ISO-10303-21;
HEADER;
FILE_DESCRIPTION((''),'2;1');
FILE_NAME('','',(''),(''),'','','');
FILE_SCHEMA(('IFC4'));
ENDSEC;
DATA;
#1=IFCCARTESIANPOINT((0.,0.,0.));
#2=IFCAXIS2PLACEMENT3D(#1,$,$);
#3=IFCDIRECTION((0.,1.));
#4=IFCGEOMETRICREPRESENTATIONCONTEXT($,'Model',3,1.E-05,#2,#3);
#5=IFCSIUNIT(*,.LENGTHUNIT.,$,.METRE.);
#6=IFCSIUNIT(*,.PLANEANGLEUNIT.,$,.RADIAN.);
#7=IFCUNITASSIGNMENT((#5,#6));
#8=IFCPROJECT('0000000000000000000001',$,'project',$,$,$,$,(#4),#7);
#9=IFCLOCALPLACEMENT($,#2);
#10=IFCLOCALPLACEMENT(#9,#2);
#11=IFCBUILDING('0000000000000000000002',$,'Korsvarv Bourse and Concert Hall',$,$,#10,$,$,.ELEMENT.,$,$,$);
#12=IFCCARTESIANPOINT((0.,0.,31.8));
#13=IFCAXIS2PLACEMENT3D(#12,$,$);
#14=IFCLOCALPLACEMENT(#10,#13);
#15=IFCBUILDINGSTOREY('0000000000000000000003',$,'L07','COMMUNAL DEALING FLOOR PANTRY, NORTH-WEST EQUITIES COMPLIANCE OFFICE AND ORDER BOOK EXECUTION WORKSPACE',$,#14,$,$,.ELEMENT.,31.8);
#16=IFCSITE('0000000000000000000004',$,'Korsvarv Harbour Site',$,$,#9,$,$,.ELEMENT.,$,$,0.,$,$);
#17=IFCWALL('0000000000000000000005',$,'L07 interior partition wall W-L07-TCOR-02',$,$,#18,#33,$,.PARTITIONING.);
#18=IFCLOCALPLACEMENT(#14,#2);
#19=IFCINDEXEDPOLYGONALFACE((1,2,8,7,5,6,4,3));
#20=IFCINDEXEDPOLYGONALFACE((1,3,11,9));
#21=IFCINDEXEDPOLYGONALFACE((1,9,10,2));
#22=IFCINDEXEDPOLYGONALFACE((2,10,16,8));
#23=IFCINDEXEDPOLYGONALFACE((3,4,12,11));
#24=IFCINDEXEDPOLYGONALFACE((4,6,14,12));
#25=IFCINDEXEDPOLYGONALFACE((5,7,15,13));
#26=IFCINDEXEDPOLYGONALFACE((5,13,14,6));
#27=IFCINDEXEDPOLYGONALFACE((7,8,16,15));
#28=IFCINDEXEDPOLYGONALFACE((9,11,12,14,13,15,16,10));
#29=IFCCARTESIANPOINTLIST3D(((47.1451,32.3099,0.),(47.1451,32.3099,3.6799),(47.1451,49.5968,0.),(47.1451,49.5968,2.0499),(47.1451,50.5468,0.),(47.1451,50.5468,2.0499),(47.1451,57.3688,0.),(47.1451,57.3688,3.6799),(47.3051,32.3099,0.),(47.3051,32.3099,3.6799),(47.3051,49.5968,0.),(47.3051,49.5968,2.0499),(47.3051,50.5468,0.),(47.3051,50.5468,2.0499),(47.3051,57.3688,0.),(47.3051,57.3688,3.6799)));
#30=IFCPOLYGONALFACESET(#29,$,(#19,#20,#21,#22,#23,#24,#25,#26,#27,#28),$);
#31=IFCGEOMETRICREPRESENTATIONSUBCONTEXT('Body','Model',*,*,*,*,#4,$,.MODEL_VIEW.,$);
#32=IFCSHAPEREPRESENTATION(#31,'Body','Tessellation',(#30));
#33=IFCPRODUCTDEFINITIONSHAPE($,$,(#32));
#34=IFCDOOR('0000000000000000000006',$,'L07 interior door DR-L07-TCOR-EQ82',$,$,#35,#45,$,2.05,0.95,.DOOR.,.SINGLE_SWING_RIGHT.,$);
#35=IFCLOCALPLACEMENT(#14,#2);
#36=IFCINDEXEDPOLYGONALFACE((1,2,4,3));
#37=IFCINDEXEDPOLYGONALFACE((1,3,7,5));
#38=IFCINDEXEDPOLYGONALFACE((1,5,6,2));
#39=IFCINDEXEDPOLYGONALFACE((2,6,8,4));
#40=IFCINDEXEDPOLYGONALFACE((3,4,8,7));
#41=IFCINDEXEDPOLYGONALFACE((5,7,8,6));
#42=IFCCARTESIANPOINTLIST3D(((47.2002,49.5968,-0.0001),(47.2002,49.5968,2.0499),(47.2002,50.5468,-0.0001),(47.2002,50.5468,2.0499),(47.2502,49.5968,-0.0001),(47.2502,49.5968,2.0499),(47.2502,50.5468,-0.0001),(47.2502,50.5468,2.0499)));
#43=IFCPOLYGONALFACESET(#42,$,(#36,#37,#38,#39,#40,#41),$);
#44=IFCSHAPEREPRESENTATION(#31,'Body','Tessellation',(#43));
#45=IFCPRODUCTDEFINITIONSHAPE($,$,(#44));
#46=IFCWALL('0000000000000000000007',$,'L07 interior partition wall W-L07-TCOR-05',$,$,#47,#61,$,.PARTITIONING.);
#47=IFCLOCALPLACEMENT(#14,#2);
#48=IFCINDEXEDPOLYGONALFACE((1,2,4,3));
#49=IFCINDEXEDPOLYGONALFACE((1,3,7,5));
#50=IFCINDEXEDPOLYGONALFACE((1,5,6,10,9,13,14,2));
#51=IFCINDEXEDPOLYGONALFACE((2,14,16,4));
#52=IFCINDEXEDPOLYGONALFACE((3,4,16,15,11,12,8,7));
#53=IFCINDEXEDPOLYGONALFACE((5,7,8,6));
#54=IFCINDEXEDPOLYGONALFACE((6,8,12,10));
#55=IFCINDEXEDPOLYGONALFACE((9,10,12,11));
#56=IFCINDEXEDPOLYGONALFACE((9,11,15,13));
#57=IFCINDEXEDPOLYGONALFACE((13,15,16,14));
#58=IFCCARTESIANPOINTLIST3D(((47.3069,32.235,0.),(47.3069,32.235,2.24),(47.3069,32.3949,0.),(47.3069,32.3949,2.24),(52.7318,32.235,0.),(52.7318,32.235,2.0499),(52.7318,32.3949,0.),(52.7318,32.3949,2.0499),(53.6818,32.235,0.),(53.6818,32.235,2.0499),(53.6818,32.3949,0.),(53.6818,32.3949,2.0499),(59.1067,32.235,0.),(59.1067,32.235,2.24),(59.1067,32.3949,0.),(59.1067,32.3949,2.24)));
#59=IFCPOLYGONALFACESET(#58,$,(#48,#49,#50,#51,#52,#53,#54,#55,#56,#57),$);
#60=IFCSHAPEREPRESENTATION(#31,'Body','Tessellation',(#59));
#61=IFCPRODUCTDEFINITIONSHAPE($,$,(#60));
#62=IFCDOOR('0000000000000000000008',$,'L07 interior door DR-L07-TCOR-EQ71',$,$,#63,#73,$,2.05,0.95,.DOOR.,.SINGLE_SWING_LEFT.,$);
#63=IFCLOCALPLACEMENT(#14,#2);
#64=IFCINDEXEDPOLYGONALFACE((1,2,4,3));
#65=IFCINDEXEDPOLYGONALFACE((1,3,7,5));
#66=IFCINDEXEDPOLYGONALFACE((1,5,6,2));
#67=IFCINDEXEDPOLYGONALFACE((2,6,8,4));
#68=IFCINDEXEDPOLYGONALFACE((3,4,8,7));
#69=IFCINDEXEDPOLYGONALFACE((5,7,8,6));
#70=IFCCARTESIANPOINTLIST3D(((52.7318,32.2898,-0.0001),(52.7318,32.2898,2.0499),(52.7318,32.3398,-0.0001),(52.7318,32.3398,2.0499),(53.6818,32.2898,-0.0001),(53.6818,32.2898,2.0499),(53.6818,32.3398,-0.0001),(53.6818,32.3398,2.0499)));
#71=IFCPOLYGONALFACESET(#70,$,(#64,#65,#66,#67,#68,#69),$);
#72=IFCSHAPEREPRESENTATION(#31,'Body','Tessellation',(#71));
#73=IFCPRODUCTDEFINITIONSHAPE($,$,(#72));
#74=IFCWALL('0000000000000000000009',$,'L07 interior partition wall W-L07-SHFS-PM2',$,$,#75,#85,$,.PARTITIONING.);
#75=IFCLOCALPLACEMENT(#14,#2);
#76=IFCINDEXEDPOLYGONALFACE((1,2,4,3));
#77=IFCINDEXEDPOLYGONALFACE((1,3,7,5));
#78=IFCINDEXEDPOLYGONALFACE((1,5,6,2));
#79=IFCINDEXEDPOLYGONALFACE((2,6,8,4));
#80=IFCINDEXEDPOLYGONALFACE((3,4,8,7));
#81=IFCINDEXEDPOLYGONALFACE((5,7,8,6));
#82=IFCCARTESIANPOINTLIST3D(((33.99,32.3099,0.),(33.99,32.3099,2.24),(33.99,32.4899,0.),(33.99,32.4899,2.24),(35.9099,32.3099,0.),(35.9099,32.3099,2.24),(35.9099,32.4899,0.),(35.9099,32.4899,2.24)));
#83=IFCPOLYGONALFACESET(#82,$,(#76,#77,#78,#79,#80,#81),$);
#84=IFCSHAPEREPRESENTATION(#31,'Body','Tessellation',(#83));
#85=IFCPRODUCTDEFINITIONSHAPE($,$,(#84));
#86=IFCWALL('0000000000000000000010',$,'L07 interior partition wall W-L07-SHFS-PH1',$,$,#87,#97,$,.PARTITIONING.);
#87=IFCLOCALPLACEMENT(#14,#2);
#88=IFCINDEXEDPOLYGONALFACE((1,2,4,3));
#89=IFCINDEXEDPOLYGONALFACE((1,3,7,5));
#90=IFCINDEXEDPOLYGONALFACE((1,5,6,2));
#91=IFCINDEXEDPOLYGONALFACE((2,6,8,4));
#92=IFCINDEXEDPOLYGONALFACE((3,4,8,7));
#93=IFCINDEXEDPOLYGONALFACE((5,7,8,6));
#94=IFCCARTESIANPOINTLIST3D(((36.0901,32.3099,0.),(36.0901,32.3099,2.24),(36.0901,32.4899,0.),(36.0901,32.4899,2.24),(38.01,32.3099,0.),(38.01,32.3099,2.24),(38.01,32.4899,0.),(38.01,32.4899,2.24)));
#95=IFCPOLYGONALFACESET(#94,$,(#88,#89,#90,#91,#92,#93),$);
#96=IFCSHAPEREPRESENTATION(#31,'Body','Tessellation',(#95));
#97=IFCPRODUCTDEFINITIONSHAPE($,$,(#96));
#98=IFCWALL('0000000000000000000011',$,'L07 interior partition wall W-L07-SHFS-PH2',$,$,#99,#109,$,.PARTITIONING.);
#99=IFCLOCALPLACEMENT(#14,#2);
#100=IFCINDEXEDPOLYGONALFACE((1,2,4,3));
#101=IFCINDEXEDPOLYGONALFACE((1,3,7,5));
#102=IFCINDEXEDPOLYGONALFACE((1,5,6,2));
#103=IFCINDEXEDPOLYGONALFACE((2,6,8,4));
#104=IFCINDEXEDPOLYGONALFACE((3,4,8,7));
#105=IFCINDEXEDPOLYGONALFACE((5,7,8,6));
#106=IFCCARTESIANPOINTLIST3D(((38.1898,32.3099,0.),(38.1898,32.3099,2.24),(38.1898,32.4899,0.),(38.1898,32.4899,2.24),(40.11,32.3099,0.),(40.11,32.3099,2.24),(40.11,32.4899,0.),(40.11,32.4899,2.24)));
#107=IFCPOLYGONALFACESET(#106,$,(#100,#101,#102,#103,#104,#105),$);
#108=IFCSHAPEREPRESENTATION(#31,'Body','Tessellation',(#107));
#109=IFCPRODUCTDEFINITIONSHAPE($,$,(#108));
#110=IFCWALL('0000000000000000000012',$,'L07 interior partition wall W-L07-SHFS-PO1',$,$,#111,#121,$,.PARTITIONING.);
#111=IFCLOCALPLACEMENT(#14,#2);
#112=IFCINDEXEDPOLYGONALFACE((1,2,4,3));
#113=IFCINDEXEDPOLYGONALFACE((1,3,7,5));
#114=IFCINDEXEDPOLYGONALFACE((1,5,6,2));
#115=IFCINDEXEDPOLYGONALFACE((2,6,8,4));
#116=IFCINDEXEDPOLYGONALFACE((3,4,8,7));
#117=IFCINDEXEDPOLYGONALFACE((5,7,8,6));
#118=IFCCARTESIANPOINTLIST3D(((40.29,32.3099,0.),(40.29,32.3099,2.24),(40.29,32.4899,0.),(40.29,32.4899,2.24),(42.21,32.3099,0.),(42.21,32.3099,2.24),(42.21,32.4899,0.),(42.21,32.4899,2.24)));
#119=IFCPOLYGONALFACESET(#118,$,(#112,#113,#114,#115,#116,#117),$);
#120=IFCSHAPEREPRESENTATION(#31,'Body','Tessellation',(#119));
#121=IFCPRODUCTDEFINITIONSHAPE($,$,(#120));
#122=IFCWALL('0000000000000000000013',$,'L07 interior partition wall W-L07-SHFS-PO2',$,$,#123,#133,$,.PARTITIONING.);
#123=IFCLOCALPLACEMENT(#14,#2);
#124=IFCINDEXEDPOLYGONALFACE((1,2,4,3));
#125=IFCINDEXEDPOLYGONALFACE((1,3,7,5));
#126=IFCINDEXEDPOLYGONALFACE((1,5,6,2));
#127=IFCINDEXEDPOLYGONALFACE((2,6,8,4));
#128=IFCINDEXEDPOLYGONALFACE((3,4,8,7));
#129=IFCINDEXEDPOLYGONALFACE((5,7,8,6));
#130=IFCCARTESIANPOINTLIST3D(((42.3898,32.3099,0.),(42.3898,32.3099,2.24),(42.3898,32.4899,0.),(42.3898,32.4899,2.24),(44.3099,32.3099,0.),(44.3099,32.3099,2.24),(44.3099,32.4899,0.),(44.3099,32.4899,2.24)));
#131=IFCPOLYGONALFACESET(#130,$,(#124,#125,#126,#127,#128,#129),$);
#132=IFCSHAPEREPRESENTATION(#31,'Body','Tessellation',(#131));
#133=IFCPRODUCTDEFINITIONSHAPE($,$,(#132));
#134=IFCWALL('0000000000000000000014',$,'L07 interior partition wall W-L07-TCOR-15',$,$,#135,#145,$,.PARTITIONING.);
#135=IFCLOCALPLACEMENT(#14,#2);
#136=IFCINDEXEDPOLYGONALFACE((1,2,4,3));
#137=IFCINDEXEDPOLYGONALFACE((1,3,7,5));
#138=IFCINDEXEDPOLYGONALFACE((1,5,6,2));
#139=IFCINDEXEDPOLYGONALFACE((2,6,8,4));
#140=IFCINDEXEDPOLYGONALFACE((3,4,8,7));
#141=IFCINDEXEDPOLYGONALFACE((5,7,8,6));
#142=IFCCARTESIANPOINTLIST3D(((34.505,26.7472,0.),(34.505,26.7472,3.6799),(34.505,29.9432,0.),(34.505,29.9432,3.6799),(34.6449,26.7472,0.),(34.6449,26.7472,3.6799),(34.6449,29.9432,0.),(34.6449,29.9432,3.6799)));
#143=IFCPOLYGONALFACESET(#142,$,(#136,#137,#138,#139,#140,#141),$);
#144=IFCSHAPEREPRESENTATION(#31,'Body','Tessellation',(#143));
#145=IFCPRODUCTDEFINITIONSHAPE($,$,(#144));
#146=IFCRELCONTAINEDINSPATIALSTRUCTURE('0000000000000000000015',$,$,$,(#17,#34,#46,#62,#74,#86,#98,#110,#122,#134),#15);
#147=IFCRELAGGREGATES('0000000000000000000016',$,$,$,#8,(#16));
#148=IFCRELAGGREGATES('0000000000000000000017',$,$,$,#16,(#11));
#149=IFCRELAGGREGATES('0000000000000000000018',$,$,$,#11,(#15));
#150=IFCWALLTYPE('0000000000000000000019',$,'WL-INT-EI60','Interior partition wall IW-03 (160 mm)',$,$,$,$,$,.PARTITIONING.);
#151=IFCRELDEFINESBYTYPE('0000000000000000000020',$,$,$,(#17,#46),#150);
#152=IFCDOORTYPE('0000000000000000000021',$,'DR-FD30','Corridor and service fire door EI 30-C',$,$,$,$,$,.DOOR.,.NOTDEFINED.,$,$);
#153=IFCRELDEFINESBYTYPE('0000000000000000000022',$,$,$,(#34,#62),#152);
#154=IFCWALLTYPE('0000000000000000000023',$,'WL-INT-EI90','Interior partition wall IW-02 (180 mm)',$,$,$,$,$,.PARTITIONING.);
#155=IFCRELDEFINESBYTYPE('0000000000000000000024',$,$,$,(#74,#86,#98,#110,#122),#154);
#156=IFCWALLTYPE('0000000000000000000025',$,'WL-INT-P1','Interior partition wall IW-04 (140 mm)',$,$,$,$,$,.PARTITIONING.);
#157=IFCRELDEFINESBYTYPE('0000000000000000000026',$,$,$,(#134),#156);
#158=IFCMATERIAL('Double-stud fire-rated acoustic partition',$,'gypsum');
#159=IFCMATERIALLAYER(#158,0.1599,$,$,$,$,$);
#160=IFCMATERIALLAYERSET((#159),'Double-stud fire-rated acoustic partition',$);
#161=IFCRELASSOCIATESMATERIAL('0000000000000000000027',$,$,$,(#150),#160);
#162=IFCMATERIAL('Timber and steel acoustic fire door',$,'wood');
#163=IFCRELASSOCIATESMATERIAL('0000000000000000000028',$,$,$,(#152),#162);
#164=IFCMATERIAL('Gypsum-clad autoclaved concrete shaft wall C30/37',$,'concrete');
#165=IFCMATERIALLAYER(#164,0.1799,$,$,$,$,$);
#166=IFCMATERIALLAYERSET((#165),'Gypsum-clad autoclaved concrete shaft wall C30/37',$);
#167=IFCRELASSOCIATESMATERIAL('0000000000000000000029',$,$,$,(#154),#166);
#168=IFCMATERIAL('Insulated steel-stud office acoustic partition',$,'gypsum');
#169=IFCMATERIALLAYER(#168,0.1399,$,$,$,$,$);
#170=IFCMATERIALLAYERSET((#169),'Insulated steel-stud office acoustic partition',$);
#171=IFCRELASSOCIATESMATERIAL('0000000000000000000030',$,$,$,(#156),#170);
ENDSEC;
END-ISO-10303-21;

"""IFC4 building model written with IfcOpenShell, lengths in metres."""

from ifc_helpers import new_model, si_unit, direction, frame, frame_2d, origin, place, context, subcontext, project, spatial, rectangle, extrude, material, layer, layer_set, type_object, element, fill, save


model = new_model("IFC4")

# Units and contexts
model_context = context("Model", 3, precision=1e-05, world=origin(), true_north=direction((0.0, 1.0)))
body_context = subcontext(model_context, "Body", "Model", "MODEL_VIEW")
ifc_project = project(units=[si_unit("LENGTHUNIT", "METRE"), si_unit("PLANEANGLEUNIT", "RADIAN")], contexts=[model_context])

# Site, building, storey
site_placement = place(None, origin())
site = spatial("IfcSite", under=ifc_project, at=site_placement, Name="Korsvarv Harbour Site", CompositionType="ELEMENT", RefElevation=0.0)
building_placement = place(site_placement, origin())
building = spatial("IfcBuilding", under=site, at=building_placement, Name="Korsvarv Bourse and Concert Hall", CompositionType="ELEMENT")
storey_placement = place(building_placement, frame((0.0, 0.0, 31.8)))
storey = spatial("IfcBuildingStorey", under=building, at=storey_placement, Name="L07", Description="COMMUNAL DEALING FLOOR PANTRY, NORTH-WEST EQUITIES COMPLIANCE OFFICE AND ORDER BOOK EXECUTION WORKSPACE", CompositionType="ELEMENT", Elevation=31.8)

# Walls, openings, doors
ifc_material_1 = material(Name="Double-stud fire-rated acoustic partition", Category="gypsum")
ifc_layer_1 = layer(ifc_material_1, 0.1599)
ifc_layer_set_1 = layer_set([ifc_layer_1], Name="Double-stud fire-rated acoustic partition")
wall_type_1 = type_object("IfcWallType", Name="WL-INT-EI60", Description="Interior partition wall IW-03 (160 mm)", PredefinedType="PARTITIONING", material=ifc_layer_set_1)
wall_1_placement = place(storey_placement, frame((47.2251, 32.3101, 0.0), z_axis=(0.0, 0.0, 1.0), x_axis=(0.0, 1.0, 0.0)))
wall_1 = element("IfcWall", 1, at=wall_1_placement, inside=storey, type_object=wall_type_1, Name="L07 interior partition wall W-L07-TCOR-02", PredefinedType="PARTITIONING", context=body_context, shape_type="SweptSolid", body=[
    extrude(rectangle(XDim=25.0588, YDim=0.1599, at=frame_2d((12.5293, 0.0))), origin(), (0.0, 0.0, 1.0), 3.6799),
])
opening_1_placement = place(wall_1_placement, frame((17.2866, 0.0, 0.0)))
opening_1 = element("IfcOpeningElement", 2, at=opening_1_placement, cuts=wall_1, PredefinedType="OPENING", context=body_context, shape_type="SweptSolid", body=[
    extrude(rectangle(XDim=0.95, YDim=2.05, at=frame_2d((0.4751, 1.0249))), frame((0.0, 0.0898, 0.0), z_axis=(0.0, -1.0, 0.0), x_axis=(1.0, 0.0, 0.0)), (0.0, 0.0, 1.0), 0.1799),
])
ifc_material_2 = material(Name="Timber and steel acoustic fire door", Category="wood")
door_type = type_object("IfcDoorType", Name="DR-FD30", Description="Corridor and service fire door EI 30-C", OperationType="NOTDEFINED", PredefinedType="DOOR", material=ifc_material_2)
door_1_placement = place(opening_1_placement, origin())
door_1 = element("IfcDoor", 3, at=door_1_placement, inside=storey, type_object=door_type, Name="L07 interior door DR-L07-TCOR-EQ82", OperationType="SINGLE_SWING_RIGHT", OverallHeight=2.05, OverallWidth=0.95, PredefinedType="DOOR", context=body_context, shape_type="SweptSolid", body=[
    extrude(rectangle(XDim=0.95, YDim=2.05, at=frame_2d((0.4751, 1.0249))), frame((0.0, 0.0249, 0.0), z_axis=(0.0, -1.0, 0.0), x_axis=(1.0, 0.0, 0.0)), (0.0, 0.0, 1.0), 0.05),
])
fill(opening_1, door_1)
wall_2_placement = place(storey_placement, frame((47.3069, 32.3149, 0.0), z_axis=(0.0, 0.0, 1.0), x_axis=(1.0, 0.0, 0.0)))
wall_2 = element("IfcWall", 4, at=wall_2_placement, inside=storey, type_object=wall_type_1, Name="L07 interior partition wall W-L07-TCOR-05", PredefinedType="PARTITIONING", context=body_context, shape_type="SweptSolid", body=[
    extrude(rectangle(XDim=11.7998, YDim=0.1599, at=frame_2d((5.8999, 0.0))), origin(), (0.0, 0.0, 1.0), 2.24),
])
opening_2_placement = place(wall_2_placement, frame((5.4248, 0.0, 0.0)))
opening_2 = element("IfcOpeningElement", 5, at=opening_2_placement, cuts=wall_2, PredefinedType="OPENING", context=body_context, shape_type="SweptSolid", body=[
    extrude(rectangle(XDim=0.95, YDim=2.05, at=frame_2d((0.4751, 1.0249))), frame((0.0, 0.0898, 0.0), z_axis=(0.0, -1.0, 0.0), x_axis=(1.0, 0.0, 0.0)), (0.0, 0.0, 1.0), 0.1799),
])
door_2_placement = place(opening_2_placement, origin())
door_2 = element("IfcDoor", 6, at=door_2_placement, inside=storey, type_object=door_type, Name="L07 interior door DR-L07-TCOR-EQ71", OperationType="SINGLE_SWING_LEFT", OverallHeight=2.05, OverallWidth=0.95, PredefinedType="DOOR", context=body_context, shape_type="SweptSolid", body=[
    extrude(rectangle(XDim=0.95, YDim=2.05, at=frame_2d((0.4751, 1.0249))), frame((0.0, 0.0249, 0.0), z_axis=(0.0, -1.0, 0.0), x_axis=(1.0, 0.0, 0.0)), (0.0, 0.0, 1.0), 0.05),
])
fill(opening_2, door_2)

# Walls
ifc_material_3 = material(Name="Gypsum-clad autoclaved concrete shaft wall C30/37", Category="concrete")
ifc_layer_2 = layer(ifc_material_3, 0.1799)
ifc_layer_set_2 = layer_set([ifc_layer_2], Name="Gypsum-clad autoclaved concrete shaft wall C30/37")
wall_type_2 = type_object("IfcWallType", Name="WL-INT-EI90", Description="Interior partition wall IW-02 (180 mm)", PredefinedType="PARTITIONING", material=ifc_layer_set_2)
for number, where, z_axis, x_axis, name in (
    (7, (33.99, 32.3999, 0.0), (0.0, 0.0, 1.0), (1.0, 0.0, 0.0), "L07 interior partition wall W-L07-SHFS-PM2"),
    (8, (36.0901, 32.3999, 0.0), (0.0, 0.0, 1.0), (1.0, 0.0, 0.0), "L07 interior partition wall W-L07-SHFS-PH1"),
):
    element("IfcWall", number, at=place(storey_placement, frame(where, z_axis=z_axis, x_axis=x_axis)), inside=storey, type_object=wall_type_2, Name=name, PredefinedType="PARTITIONING", context=body_context, shape_type="SweptSolid", body=[
        extrude(rectangle(XDim=1.9199, YDim=0.1799, at=frame_2d((0.96, 0.0))), origin(), (0.0, 0.0, 1.0), 2.24),
    ])
wall_3_placement = place(storey_placement, frame((38.1899, 32.3999, 0.0), z_axis=(0.0, 0.0, 1.0), x_axis=(1.0, 0.0, 0.0)))
element("IfcWall", 9, at=wall_3_placement, inside=storey, type_object=wall_type_2, Name="L07 interior partition wall W-L07-SHFS-PH2", PredefinedType="PARTITIONING", context=body_context, shape_type="SweptSolid", body=[
    extrude(rectangle(XDim=1.9202, YDim=0.1799, at=frame_2d((0.96, 0.0))), origin(), (0.0, 0.0, 1.0), 2.24),
])
wall_4_placement = place(storey_placement, frame((40.29, 32.3999, 0.0), z_axis=(0.0, 0.0, 1.0), x_axis=(1.0, 0.0, 0.0)))
element("IfcWall", 10, at=wall_4_placement, inside=storey, type_object=wall_type_2, Name="L07 interior partition wall W-L07-SHFS-PO1", PredefinedType="PARTITIONING", context=body_context, shape_type="SweptSolid", body=[
    extrude(rectangle(XDim=1.9199, YDim=0.1799, at=frame_2d((0.96, 0.0))), origin(), (0.0, 0.0, 1.0), 2.24),
])
wall_5_placement = place(storey_placement, frame((42.3899, 32.3999, 0.0), z_axis=(0.0, 0.0, 1.0), x_axis=(1.0, 0.0, 0.0)))
element("IfcWall", 11, at=wall_5_placement, inside=storey, type_object=wall_type_2, Name="L07 interior partition wall W-L07-SHFS-PO2", PredefinedType="PARTITIONING", context=body_context, shape_type="SweptSolid", body=[
    extrude(rectangle(XDim=1.9202, YDim=0.1799, at=frame_2d((0.96, 0.0))), origin(), (0.0, 0.0, 1.0), 2.24),
])
ifc_material_4 = material(Name="Insulated steel-stud office acoustic partition", Category="gypsum")
ifc_layer_3 = layer(ifc_material_4, 0.1399)
ifc_layer_set_3 = layer_set([ifc_layer_3], Name="Insulated steel-stud office acoustic partition")
wall_type_3 = type_object("IfcWallType", Name="WL-INT-P1", Description="Interior partition wall IW-04 (140 mm)", PredefinedType="PARTITIONING", material=ifc_layer_set_3)
wall_6_placement = place(storey_placement, frame((34.575, 26.7471, 0.0), z_axis=(0.0, 0.0, 1.0), x_axis=(0.0, 1.0, 0.0)))
element("IfcWall", 12, at=wall_6_placement, inside=storey, type_object=wall_type_3, Name="L07 interior partition wall W-L07-TCOR-15", PredefinedType="PARTITIONING", context=body_context, shape_type="SweptSolid", body=[
    extrude(rectangle(XDim=3.196, YDim=0.1399, at=frame_2d((1.5981, 0.0))), origin(), (0.0, 0.0, 1.0), 3.6799),
])

save(model, "model.ifc")
